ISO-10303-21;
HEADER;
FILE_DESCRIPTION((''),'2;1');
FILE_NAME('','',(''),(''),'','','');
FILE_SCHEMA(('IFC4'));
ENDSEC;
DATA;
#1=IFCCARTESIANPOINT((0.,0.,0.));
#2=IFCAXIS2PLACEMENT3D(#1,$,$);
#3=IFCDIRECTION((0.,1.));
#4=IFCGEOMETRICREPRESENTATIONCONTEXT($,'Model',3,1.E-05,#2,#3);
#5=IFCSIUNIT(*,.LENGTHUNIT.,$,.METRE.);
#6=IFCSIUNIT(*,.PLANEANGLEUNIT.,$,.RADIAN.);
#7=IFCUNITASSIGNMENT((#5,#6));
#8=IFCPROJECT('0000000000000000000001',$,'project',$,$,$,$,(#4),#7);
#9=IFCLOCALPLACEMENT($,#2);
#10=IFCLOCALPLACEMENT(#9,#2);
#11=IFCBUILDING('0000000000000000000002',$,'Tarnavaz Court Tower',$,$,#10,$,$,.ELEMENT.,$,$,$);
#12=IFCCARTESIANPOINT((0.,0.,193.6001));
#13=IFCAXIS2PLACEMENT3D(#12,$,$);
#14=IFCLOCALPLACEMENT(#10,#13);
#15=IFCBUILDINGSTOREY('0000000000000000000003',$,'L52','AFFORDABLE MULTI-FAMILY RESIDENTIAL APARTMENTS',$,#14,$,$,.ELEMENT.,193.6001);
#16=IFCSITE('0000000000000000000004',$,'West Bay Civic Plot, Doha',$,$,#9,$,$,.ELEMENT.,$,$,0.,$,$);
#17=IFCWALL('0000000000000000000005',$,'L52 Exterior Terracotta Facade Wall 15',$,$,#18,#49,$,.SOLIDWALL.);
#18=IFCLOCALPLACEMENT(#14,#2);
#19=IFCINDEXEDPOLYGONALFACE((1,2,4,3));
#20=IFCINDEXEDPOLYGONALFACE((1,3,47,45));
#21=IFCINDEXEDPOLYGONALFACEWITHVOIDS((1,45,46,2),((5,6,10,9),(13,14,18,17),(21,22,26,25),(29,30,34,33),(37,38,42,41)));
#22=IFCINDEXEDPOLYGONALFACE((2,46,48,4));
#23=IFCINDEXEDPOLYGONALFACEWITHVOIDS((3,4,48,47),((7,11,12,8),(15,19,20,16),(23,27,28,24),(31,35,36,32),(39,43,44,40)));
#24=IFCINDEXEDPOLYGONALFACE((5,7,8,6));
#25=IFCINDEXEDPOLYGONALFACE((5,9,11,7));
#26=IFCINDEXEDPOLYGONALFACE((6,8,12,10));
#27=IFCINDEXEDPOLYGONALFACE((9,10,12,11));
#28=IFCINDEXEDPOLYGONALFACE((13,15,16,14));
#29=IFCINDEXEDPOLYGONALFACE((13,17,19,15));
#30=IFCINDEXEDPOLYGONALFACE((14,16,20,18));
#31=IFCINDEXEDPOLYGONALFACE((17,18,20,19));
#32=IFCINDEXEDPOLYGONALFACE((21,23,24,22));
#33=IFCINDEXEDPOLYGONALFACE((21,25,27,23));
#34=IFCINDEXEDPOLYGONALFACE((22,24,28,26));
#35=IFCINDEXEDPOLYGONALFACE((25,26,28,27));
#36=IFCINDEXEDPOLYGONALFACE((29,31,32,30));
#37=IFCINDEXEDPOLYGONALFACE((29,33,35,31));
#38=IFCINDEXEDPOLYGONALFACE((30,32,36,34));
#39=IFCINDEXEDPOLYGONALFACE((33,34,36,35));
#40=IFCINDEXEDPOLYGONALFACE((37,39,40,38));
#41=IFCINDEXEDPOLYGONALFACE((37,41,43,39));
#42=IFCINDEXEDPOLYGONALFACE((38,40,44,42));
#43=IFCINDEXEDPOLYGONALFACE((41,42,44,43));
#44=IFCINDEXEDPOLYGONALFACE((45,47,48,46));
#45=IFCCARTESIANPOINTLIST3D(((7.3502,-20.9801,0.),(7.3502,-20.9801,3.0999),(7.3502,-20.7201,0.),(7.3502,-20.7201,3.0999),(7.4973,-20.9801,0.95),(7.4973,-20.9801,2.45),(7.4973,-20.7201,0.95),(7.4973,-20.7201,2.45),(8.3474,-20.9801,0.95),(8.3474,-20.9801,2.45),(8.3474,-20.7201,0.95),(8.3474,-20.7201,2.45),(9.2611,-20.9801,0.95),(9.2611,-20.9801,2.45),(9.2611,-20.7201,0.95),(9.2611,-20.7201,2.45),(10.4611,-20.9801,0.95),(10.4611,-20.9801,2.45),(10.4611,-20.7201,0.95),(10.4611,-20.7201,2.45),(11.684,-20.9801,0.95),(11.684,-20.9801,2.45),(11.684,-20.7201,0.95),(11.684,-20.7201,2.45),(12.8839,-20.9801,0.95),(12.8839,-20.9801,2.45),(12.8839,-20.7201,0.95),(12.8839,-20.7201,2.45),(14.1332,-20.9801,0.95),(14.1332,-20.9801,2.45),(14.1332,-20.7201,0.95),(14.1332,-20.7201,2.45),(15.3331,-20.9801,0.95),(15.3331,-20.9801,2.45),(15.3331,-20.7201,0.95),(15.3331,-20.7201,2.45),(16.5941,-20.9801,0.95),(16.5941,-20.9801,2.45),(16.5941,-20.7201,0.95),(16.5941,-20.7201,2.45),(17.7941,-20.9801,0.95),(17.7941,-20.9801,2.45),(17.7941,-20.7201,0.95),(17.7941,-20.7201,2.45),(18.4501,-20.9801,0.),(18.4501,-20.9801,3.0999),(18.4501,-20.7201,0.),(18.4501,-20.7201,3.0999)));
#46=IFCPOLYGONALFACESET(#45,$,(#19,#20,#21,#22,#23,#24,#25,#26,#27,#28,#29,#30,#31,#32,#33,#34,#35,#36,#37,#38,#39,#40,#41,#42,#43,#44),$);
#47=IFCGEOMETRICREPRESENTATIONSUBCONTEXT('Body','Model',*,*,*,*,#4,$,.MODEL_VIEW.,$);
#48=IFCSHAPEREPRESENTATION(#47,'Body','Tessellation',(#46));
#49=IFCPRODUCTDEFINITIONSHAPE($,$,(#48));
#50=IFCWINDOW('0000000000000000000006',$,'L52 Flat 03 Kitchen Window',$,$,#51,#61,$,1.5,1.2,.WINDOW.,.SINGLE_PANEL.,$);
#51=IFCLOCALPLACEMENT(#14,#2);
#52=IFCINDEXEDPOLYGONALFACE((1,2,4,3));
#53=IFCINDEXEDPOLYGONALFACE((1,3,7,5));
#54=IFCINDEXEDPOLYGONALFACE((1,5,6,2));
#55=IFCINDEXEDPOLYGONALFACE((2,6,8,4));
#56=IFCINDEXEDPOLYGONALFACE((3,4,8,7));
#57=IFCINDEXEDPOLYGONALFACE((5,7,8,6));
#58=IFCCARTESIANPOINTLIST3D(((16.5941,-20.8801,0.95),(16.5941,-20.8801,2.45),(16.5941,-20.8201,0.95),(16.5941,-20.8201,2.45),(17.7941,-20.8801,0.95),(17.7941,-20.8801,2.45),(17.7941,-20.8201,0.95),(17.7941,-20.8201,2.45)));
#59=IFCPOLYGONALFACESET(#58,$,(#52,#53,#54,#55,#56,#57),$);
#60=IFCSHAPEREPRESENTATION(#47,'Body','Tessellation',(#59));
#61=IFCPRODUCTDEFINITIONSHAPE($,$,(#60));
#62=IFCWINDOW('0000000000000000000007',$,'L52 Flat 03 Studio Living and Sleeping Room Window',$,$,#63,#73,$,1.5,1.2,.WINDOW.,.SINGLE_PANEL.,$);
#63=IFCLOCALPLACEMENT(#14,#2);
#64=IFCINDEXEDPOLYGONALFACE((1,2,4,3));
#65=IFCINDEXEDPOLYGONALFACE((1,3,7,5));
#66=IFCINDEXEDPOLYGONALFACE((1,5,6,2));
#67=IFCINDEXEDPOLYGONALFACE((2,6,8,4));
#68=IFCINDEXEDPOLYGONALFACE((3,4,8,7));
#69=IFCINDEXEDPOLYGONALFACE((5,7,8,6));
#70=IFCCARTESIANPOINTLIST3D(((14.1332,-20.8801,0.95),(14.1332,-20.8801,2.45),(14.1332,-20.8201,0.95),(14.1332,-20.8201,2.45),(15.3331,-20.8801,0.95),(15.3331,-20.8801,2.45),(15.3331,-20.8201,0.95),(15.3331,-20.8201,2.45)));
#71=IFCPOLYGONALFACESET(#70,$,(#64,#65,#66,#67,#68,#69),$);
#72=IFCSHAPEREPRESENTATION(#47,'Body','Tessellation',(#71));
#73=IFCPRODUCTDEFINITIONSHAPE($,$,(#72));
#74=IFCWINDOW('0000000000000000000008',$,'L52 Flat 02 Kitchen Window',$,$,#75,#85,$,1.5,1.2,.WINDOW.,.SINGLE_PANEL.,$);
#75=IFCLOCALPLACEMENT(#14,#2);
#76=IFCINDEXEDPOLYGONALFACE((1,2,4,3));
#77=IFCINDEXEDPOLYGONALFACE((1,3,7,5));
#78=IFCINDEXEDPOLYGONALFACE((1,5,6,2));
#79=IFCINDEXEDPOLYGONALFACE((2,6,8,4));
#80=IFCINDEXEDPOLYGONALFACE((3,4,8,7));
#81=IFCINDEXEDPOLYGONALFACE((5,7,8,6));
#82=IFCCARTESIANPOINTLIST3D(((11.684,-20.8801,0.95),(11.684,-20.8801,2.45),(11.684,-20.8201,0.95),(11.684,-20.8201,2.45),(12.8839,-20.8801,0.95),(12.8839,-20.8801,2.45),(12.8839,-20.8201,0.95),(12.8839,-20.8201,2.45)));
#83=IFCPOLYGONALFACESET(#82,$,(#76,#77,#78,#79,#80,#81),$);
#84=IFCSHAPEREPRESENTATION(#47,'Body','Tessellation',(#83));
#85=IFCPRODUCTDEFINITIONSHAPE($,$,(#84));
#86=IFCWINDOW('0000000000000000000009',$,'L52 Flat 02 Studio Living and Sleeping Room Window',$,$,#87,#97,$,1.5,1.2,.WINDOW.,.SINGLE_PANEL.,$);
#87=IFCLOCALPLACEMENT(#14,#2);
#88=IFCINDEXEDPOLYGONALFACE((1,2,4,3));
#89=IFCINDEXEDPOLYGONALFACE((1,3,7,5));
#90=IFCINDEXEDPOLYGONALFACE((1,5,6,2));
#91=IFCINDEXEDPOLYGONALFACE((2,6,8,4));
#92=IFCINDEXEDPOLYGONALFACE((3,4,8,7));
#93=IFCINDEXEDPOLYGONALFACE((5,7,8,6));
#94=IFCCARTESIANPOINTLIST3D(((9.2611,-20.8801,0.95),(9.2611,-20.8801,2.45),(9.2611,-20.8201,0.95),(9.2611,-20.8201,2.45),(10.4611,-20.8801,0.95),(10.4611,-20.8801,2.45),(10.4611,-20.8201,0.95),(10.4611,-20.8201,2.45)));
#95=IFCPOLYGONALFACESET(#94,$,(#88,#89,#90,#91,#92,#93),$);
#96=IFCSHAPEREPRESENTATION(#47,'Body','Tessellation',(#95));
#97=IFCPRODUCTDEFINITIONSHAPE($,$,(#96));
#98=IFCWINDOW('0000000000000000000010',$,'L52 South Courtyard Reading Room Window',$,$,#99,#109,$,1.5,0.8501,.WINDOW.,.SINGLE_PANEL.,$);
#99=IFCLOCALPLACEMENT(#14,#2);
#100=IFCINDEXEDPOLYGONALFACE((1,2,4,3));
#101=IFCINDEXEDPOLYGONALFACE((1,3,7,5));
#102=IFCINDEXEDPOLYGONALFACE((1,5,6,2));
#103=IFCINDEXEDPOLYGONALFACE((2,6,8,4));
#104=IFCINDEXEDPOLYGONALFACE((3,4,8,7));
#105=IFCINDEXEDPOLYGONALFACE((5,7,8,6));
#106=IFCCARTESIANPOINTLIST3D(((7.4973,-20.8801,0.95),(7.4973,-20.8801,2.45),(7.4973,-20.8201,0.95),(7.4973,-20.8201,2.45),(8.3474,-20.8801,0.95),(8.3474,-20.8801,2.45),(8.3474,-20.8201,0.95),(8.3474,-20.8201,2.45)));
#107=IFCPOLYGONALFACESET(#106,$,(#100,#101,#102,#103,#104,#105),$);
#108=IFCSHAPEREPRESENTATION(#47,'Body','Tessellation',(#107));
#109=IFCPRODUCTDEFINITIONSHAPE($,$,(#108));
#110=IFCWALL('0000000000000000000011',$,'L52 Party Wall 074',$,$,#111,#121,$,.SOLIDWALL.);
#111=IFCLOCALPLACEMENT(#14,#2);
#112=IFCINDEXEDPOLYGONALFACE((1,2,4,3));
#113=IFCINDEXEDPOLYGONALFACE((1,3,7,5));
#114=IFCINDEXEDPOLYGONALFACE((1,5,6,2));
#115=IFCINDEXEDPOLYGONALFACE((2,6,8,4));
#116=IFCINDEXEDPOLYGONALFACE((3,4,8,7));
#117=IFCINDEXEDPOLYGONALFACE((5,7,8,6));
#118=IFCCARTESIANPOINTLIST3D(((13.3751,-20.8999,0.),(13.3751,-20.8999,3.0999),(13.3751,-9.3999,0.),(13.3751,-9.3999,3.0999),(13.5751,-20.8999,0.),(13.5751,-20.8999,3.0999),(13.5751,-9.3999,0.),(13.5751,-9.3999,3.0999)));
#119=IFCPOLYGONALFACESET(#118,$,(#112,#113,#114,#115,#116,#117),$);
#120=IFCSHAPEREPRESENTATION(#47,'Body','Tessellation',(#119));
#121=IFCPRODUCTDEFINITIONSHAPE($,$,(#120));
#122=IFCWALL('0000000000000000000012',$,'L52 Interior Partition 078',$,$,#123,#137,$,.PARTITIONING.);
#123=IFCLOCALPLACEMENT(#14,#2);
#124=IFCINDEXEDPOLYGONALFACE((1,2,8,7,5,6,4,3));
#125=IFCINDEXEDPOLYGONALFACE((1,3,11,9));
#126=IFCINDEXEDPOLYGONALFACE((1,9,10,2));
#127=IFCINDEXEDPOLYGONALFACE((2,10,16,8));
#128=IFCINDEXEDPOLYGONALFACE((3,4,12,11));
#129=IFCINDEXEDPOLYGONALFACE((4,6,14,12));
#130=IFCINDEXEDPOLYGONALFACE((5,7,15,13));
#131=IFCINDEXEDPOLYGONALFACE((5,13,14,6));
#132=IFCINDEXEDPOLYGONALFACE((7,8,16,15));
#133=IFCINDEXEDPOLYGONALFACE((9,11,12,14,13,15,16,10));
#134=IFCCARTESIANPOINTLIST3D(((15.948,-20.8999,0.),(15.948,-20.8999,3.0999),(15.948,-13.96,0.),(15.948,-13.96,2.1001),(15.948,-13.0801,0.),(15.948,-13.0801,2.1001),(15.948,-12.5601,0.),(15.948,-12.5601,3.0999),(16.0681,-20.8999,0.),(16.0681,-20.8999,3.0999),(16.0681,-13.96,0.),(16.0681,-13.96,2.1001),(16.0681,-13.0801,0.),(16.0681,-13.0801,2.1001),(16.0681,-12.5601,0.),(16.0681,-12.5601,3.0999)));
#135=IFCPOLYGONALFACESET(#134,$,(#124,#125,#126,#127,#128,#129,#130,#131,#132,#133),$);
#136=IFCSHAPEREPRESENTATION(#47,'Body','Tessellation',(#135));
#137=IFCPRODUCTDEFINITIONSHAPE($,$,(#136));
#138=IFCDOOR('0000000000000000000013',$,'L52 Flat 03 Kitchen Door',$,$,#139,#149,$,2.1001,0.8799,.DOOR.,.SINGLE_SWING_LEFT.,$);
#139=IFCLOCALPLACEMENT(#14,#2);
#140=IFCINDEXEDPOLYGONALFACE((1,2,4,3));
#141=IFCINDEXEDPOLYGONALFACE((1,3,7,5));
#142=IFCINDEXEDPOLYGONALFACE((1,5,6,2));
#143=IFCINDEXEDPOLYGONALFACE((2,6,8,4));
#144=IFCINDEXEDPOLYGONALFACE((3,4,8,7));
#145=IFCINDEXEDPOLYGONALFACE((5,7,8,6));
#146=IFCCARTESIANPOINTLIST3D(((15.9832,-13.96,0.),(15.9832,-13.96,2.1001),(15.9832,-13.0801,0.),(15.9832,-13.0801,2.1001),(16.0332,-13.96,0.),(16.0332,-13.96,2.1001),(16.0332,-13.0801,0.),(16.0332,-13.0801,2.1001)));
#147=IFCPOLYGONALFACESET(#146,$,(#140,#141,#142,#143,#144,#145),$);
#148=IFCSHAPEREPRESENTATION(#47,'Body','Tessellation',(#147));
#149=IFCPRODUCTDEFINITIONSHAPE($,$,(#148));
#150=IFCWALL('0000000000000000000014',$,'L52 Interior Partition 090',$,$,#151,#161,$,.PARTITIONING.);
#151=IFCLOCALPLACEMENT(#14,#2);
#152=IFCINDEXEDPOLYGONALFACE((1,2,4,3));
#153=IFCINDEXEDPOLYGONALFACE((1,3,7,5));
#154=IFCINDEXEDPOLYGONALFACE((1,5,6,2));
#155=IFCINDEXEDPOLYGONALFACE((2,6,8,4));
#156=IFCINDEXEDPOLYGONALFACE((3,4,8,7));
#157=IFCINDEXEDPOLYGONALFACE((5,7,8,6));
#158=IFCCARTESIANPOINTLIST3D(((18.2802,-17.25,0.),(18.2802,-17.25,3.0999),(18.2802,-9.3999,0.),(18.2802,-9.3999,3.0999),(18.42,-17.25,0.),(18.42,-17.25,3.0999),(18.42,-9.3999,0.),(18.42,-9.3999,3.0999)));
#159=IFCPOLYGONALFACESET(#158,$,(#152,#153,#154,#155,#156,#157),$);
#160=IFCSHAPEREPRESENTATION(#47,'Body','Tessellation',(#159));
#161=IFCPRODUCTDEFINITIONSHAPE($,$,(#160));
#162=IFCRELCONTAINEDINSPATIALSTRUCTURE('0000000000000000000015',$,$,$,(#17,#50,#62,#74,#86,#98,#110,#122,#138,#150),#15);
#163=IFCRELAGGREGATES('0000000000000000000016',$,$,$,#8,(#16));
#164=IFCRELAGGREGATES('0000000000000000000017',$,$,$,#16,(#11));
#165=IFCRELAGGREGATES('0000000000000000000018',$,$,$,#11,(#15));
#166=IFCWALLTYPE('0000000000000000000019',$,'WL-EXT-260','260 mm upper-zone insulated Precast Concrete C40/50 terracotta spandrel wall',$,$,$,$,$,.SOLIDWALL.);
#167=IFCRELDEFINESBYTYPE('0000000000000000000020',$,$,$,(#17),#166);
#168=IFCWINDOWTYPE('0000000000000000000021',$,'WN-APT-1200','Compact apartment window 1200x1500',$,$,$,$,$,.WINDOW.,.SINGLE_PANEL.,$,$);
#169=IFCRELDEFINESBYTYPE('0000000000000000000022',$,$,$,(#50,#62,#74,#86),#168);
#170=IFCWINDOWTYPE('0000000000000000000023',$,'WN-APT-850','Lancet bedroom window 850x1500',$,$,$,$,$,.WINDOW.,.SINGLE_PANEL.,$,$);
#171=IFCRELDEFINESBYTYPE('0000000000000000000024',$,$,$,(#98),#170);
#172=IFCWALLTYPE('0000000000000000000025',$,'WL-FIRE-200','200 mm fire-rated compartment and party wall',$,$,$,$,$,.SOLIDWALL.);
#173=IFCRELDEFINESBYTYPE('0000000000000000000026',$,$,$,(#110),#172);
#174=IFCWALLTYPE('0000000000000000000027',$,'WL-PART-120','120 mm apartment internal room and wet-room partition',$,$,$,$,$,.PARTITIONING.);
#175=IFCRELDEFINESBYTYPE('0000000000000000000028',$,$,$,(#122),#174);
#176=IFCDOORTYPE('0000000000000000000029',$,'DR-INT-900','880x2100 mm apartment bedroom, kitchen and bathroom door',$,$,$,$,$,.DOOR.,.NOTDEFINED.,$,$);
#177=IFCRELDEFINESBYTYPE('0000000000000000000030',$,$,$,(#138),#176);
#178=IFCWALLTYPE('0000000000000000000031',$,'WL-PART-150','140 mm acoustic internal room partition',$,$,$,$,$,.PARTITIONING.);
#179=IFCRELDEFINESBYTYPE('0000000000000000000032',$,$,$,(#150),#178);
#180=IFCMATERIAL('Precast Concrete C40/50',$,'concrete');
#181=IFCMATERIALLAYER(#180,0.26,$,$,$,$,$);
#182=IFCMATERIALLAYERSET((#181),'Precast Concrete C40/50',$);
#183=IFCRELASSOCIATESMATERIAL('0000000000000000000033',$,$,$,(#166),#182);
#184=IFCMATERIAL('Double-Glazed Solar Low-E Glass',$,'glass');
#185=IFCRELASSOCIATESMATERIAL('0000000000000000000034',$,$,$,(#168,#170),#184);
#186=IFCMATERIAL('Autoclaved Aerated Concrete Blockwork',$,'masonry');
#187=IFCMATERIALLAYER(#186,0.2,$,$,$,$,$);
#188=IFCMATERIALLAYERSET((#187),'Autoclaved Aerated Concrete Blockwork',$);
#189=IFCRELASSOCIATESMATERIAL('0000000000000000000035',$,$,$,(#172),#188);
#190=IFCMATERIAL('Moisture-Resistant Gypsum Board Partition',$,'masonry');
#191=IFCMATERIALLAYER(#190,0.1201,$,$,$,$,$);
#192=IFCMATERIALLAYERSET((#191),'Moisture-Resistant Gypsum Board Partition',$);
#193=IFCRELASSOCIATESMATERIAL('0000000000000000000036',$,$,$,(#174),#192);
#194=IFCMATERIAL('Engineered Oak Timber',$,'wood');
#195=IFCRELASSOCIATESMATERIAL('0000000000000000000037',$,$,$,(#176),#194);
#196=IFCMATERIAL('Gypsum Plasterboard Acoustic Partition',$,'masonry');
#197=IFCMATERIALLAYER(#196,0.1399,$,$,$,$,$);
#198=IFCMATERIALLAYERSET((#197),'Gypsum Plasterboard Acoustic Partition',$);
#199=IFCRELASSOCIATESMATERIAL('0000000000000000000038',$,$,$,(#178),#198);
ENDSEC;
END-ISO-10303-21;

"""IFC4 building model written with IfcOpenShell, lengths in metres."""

from ifc_helpers import new_model, si_unit, direction, frame, frame_2d, origin, place, context, subcontext, project, spatial, rectangle, extrude, material, layer, layer_set, type_object, element, fill, save


model = new_model("IFC4")

# Units and contexts
model_context = context("Model", 3, precision=1e-05, world=origin(), true_north=direction((0.0, 1.0)))
body_context = subcontext(model_context, "Body", "Model", "MODEL_VIEW")
ifc_project = project(units=[si_unit("LENGTHUNIT", "METRE"), si_unit("PLANEANGLEUNIT", "RADIAN")], contexts=[model_context])

# Site, building, storey
site_placement = place(None, origin())
site = spatial("IfcSite", under=ifc_project, at=site_placement, Name="West Bay Civic Plot, Doha", CompositionType="ELEMENT", RefElevation=0.0)
building_placement = place(site_placement, origin())
building = spatial("IfcBuilding", under=site, at=building_placement, Name="Tarnavaz Court Tower", CompositionType="ELEMENT")
storey_placement = place(building_placement, frame((0.0, 0.0, 193.6001)))
storey = spatial("IfcBuildingStorey", under=building, at=storey_placement, Name="L52", Description="AFFORDABLE MULTI-FAMILY RESIDENTIAL APARTMENTS", CompositionType="ELEMENT", Elevation=193.6001)

# Shared definitions
ifc_material_1 = material(Name="Precast Concrete C40/50", Category="concrete")
ifc_layer_1 = layer(ifc_material_1, 0.26)
ifc_layer_set_1 = layer_set([ifc_layer_1], Name="Precast Concrete C40/50")
wall_type_1 = type_object("IfcWallType", Name="WL-EXT-260", Description="260 mm upper-zone insulated Precast Concrete C40/50 terracotta spandrel wall", PredefinedType="SOLIDWALL", material=ifc_layer_set_1)
ifc_material_2 = material(Name="Double-Glazed Solar Low-E Glass", Category="glass")

# Wall, openings, windows
wall_1_placement = place(storey_placement, frame((18.45, -20.8501, 0.0), z_axis=(0.0, 0.0, 1.0), x_axis=(-1.0, 0.0, 0.0)))
wall_1 = element("IfcWall", 1, at=wall_1_placement, inside=storey, type_object=wall_type_1, Name="L52 Exterior Terracotta Facade Wall 15", PredefinedType="SOLIDWALL", context=body_context, shape_type="SweptSolid", body=[
    extrude(rectangle(XDim=11.0999, YDim=0.26, at=frame_2d((5.5498, 0.0))), origin(), (0.0, 0.0, 1.0), 3.0999),
])
opening_1_placement = place(wall_1_placement, frame((0.6558, 0.0, 0.95)))
opening_1 = element("IfcOpeningElement", 2, at=opening_1_placement, cuts=wall_1, PredefinedType="OPENING", context=body_context, shape_type="SweptSolid", body=[
    extrude(rectangle(XDim=1.2, YDim=1.5, at=frame_2d((0.6001, 0.75))), frame((0.0, 0.1399, 0.0), z_axis=(0.0, -1.0, 0.0), x_axis=(1.0, 0.0, 0.0)), (0.0, 0.0, 1.0), 0.28),
])
opening_2_placement = place(wall_1_placement, frame((3.1167, 0.0, 0.95)))
opening_2 = element("IfcOpeningElement", 3, at=opening_2_placement, cuts=wall_1, PredefinedType="OPENING", context=body_context, shape_type="SweptSolid", body=[
    extrude(rectangle(XDim=1.2, YDim=1.5, at=frame_2d((0.6001, 0.75))), frame((0.0, 0.1399, 0.0), z_axis=(0.0, -1.0, 0.0), x_axis=(1.0, 0.0, 0.0)), (0.0, 0.0, 1.0), 0.28),
])
opening_3_placement = place(wall_1_placement, frame((5.5659, 0.0, 0.95)))
opening_3 = element("IfcOpeningElement", 4, at=opening_3_placement, cuts=wall_1, PredefinedType="OPENING", context=body_context, shape_type="SweptSolid", body=[
    extrude(rectangle(XDim=1.2, YDim=1.5, at=frame_2d((0.6001, 0.75))), frame((0.0, 0.1399, 0.0), z_axis=(0.0, -1.0, 0.0), x_axis=(1.0, 0.0, 0.0)), (0.0, 0.0, 1.0), 0.28),
])
opening_4_placement = place(wall_1_placement, frame((7.9888, 0.0, 0.95)))
opening_4 = element("IfcOpeningElement", 5, at=opening_4_placement, cuts=wall_1, PredefinedType="OPENING", context=body_context, shape_type="SweptSolid", body=[
    extrude(rectangle(XDim=1.2, YDim=1.5, at=frame_2d((0.6001, 0.75))), frame((0.0, 0.1399, 0.0), z_axis=(0.0, -1.0, 0.0), x_axis=(1.0, 0.0, 0.0)), (0.0, 0.0, 1.0), 0.28),
])
opening_5_placement = place(wall_1_placement, frame((10.1025, 0.0, 0.95)))
opening_5 = element("IfcOpeningElement", 6, at=opening_5_placement, cuts=wall_1, PredefinedType="OPENING", context=body_context, shape_type="SweptSolid", body=[
    extrude(rectangle(XDim=0.8501, YDim=1.5, at=frame_2d((0.425, 0.75))), frame((0.0, 0.1399, 0.0), z_axis=(0.0, -1.0, 0.0), x_axis=(1.0, 0.0, 0.0)), (0.0, 0.0, 1.0), 0.28),
])
window_type_1 = type_object("IfcWindowType", Name="WN-APT-1200", Description="Compact apartment window 1200x1500", PartitioningType="SINGLE_PANEL", PredefinedType="WINDOW", material=ifc_material_2)
window_1_placement = place(opening_1_placement, origin())
window_1 = element("IfcWindow", 7, at=window_1_placement, inside=storey, type_object=window_type_1, Name="L52 Flat 03 Kitchen Window", OverallHeight=1.5, OverallWidth=1.2, PartitioningType="SINGLE_PANEL", PredefinedType="WINDOW", context=body_context, shape_type="SweptSolid", body=[
    extrude(rectangle(XDim=1.2, YDim=1.5, at=frame_2d((0.6001, 0.75))), frame((0.0, 0.03, 0.0), z_axis=(0.0, -1.0, 0.0), x_axis=(1.0, 0.0, 0.0)), (0.0, 0.0, 1.0), 0.0601),
])
fill(opening_1, window_1)
window_2_placement = place(opening_2_placement, origin())
window_2 = element("IfcWindow", 8, at=window_2_placement, inside=storey, type_object=window_type_1, Name="L52 Flat 03 Studio Living and Sleeping Room Window", OverallHeight=1.5, OverallWidth=1.2, PartitioningType="SINGLE_PANEL", PredefinedType="WINDOW", context=body_context, shape_type="SweptSolid", body=[
    extrude(rectangle(XDim=1.2, YDim=1.5, at=frame_2d((0.6001, 0.75))), frame((0.0, 0.03, 0.0), z_axis=(0.0, -1.0, 0.0), x_axis=(1.0, 0.0, 0.0)), (0.0, 0.0, 1.0), 0.0601),
])
fill(opening_2, window_2)
window_3_placement = place(opening_3_placement, origin())
window_3 = element("IfcWindow", 9, at=window_3_placement, inside=storey, type_object=window_type_1, Name="L52 Flat 02 Kitchen Window", OverallHeight=1.5, OverallWidth=1.2, PartitioningType="SINGLE_PANEL", PredefinedType="WINDOW", context=body_context, shape_type="SweptSolid", body=[
    extrude(rectangle(XDim=1.2, YDim=1.5, at=frame_2d((0.6001, 0.75))), frame((0.0, 0.03, 0.0), z_axis=(0.0, -1.0, 0.0), x_axis=(1.0, 0.0, 0.0)), (0.0, 0.0, 1.0), 0.0601),
])
fill(opening_3, window_3)
window_4_placement = place(opening_4_placement, origin())
window_4 = element("IfcWindow", 10, at=window_4_placement, inside=storey, type_object=window_type_1, Name="L52 Flat 02 Studio Living and Sleeping Room Window", OverallHeight=1.5, OverallWidth=1.2, PartitioningType="SINGLE_PANEL", PredefinedType="WINDOW", context=body_context, shape_type="SweptSolid", body=[
    extrude(rectangle(XDim=1.2, YDim=1.5, at=frame_2d((0.6001, 0.75))), frame((0.0, 0.03, 0.0), z_axis=(0.0, -1.0, 0.0), x_axis=(1.0, 0.0, 0.0)), (0.0, 0.0, 1.0), 0.0601),
])
fill(opening_4, window_4)
window_type_2 = type_object("IfcWindowType", Name="WN-APT-850", Description="Lancet bedroom window 850x1500", PartitioningType="SINGLE_PANEL", PredefinedType="WINDOW", material=ifc_material_2)
window_5_placement = place(opening_5_placement, origin())
window_5 = element("IfcWindow", 11, at=window_5_placement, inside=storey, type_object=window_type_2, Name="L52 South Courtyard Reading Room Window", OverallHeight=1.5, OverallWidth=0.8501, PartitioningType="SINGLE_PANEL", PredefinedType="WINDOW", context=body_context, shape_type="SweptSolid", body=[
    extrude(rectangle(XDim=0.8501, YDim=1.5, at=frame_2d((0.425, 0.75))), frame((0.0, 0.03, 0.0), z_axis=(0.0, -1.0, 0.0), x_axis=(1.0, 0.0, 0.0)), (0.0, 0.0, 1.0), 0.0601),
])
fill(opening_5, window_5)

# Wall
ifc_material_3 = material(Name="Autoclaved Aerated Concrete Blockwork", Category="masonry")
ifc_layer_2 = layer(ifc_material_3, 0.2)
ifc_layer_set_2 = layer_set([ifc_layer_2], Name="Autoclaved Aerated Concrete Blockwork")
wall_type_2 = type_object("IfcWallType", Name="WL-FIRE-200", Description="200 mm fire-rated compartment and party wall", PredefinedType="SOLIDWALL", material=ifc_layer_set_2)
wall_2_placement = place(storey_placement, frame((13.4751, -20.8999, 0.0), z_axis=(0.0, 0.0, 1.0), x_axis=(0.0, 1.0, 0.0)))
element("IfcWall", 12, at=wall_2_placement, inside=storey, type_object=wall_type_2, Name="L52 Party Wall 074", PredefinedType="SOLIDWALL", context=body_context, shape_type="SweptSolid", body=[
    extrude(rectangle(XDim=11.5, YDim=0.2, at=frame_2d((5.75, 0.0))), origin(), (0.0, 0.0, 1.0), 3.0999),
])

# Wall, opening, door
ifc_material_4 = material(Name="Moisture-Resistant Gypsum Board Partition", Category="masonry")
ifc_layer_3 = layer(ifc_material_4, 0.1201)
ifc_layer_set_3 = layer_set([ifc_layer_3], Name="Moisture-Resistant Gypsum Board Partition")
wall_type_3 = type_object("IfcWallType", Name="WL-PART-120", Description="120 mm apartment internal room and wet-room partition", PredefinedType="PARTITIONING", material=ifc_layer_set_3)
wall_3_placement = place(storey_placement, frame((16.0081, -20.8999, 0.0), z_axis=(0.0, 0.0, 1.0), x_axis=(0.0, 1.0, 0.0)))
wall_3 = element("IfcWall", 13, at=wall_3_placement, inside=storey, type_object=wall_type_3, Name="L52 Interior Partition 078", PredefinedType="PARTITIONING", context=body_context, shape_type="SweptSolid", body=[
    extrude(rectangle(XDim=8.3398, YDim=0.1201, at=frame_2d((4.1699, 0.0))), origin(), (0.0, 0.0, 1.0), 3.0999),
])
opening_6_placement = place(wall_3_placement, frame((6.9399, 0.0, 0.0)))
opening_6 = element("IfcOpeningElement", 14, at=opening_6_placement, cuts=wall_3, PredefinedType="OPENING", context=body_context, shape_type="SweptSolid", body=[
    extrude(rectangle(XDim=0.8799, YDim=2.1001, at=frame_2d((0.4399, 1.05))), frame((0.0, 0.0701, 0.0), z_axis=(0.0, -1.0, 0.0), x_axis=(1.0, 0.0, 0.0)), (0.0, 0.0, 1.0), 0.1401),
])
ifc_material_5 = material(Name="Engineered Oak Timber", Category="wood")
door_type = type_object("IfcDoorType", Name="DR-INT-900", Description="880x2100 mm apartment bedroom, kitchen and bathroom door", OperationType="NOTDEFINED", PredefinedType="DOOR", material=ifc_material_5)
door_placement = place(opening_6_placement, origin())
door = element("IfcDoor", 15, at=door_placement, inside=storey, type_object=door_type, Name="L52 Flat 03 Kitchen Door", OperationType="SINGLE_SWING_LEFT", OverallHeight=2.1001, OverallWidth=0.8799, PredefinedType="DOOR", context=body_context, shape_type="SweptSolid", body=[
    extrude(rectangle(XDim=0.8799, YDim=2.1001, at=frame_2d((0.4399, 1.05))), frame((0.0, 0.0249, 0.0), z_axis=(0.0, -1.0, 0.0), x_axis=(1.0, 0.0, 0.0)), (0.0, 0.0, 1.0), 0.05),
])
fill(opening_6, door)

# Wall
ifc_material_6 = material(Name="Gypsum Plasterboard Acoustic Partition", Category="masonry")
ifc_layer_4 = layer(ifc_material_6, 0.1399)
ifc_layer_set_4 = layer_set([ifc_layer_4], Name="Gypsum Plasterboard Acoustic Partition")
wall_type_4 = type_object("IfcWallType", Name="WL-PART-150", Description="140 mm acoustic internal room partition", PredefinedType="PARTITIONING", material=ifc_layer_set_4)
wall_4_placement = place(storey_placement, frame((18.3501, -17.25, 0.0), z_axis=(0.0, 0.0, 1.0), x_axis=(0.0, 1.0, 0.0)))
element("IfcWall", 16, at=wall_4_placement, inside=storey, type_object=wall_type_4, Name="L52 Interior Partition 090", PredefinedType="PARTITIONING", context=body_context, shape_type="SweptSolid", body=[
    extrude(rectangle(XDim=7.8501, YDim=0.1399, at=frame_2d((3.925, 0.0))), origin(), (0.0, 0.0, 1.0), 3.0999),
])

save(model, "model.ifc")
